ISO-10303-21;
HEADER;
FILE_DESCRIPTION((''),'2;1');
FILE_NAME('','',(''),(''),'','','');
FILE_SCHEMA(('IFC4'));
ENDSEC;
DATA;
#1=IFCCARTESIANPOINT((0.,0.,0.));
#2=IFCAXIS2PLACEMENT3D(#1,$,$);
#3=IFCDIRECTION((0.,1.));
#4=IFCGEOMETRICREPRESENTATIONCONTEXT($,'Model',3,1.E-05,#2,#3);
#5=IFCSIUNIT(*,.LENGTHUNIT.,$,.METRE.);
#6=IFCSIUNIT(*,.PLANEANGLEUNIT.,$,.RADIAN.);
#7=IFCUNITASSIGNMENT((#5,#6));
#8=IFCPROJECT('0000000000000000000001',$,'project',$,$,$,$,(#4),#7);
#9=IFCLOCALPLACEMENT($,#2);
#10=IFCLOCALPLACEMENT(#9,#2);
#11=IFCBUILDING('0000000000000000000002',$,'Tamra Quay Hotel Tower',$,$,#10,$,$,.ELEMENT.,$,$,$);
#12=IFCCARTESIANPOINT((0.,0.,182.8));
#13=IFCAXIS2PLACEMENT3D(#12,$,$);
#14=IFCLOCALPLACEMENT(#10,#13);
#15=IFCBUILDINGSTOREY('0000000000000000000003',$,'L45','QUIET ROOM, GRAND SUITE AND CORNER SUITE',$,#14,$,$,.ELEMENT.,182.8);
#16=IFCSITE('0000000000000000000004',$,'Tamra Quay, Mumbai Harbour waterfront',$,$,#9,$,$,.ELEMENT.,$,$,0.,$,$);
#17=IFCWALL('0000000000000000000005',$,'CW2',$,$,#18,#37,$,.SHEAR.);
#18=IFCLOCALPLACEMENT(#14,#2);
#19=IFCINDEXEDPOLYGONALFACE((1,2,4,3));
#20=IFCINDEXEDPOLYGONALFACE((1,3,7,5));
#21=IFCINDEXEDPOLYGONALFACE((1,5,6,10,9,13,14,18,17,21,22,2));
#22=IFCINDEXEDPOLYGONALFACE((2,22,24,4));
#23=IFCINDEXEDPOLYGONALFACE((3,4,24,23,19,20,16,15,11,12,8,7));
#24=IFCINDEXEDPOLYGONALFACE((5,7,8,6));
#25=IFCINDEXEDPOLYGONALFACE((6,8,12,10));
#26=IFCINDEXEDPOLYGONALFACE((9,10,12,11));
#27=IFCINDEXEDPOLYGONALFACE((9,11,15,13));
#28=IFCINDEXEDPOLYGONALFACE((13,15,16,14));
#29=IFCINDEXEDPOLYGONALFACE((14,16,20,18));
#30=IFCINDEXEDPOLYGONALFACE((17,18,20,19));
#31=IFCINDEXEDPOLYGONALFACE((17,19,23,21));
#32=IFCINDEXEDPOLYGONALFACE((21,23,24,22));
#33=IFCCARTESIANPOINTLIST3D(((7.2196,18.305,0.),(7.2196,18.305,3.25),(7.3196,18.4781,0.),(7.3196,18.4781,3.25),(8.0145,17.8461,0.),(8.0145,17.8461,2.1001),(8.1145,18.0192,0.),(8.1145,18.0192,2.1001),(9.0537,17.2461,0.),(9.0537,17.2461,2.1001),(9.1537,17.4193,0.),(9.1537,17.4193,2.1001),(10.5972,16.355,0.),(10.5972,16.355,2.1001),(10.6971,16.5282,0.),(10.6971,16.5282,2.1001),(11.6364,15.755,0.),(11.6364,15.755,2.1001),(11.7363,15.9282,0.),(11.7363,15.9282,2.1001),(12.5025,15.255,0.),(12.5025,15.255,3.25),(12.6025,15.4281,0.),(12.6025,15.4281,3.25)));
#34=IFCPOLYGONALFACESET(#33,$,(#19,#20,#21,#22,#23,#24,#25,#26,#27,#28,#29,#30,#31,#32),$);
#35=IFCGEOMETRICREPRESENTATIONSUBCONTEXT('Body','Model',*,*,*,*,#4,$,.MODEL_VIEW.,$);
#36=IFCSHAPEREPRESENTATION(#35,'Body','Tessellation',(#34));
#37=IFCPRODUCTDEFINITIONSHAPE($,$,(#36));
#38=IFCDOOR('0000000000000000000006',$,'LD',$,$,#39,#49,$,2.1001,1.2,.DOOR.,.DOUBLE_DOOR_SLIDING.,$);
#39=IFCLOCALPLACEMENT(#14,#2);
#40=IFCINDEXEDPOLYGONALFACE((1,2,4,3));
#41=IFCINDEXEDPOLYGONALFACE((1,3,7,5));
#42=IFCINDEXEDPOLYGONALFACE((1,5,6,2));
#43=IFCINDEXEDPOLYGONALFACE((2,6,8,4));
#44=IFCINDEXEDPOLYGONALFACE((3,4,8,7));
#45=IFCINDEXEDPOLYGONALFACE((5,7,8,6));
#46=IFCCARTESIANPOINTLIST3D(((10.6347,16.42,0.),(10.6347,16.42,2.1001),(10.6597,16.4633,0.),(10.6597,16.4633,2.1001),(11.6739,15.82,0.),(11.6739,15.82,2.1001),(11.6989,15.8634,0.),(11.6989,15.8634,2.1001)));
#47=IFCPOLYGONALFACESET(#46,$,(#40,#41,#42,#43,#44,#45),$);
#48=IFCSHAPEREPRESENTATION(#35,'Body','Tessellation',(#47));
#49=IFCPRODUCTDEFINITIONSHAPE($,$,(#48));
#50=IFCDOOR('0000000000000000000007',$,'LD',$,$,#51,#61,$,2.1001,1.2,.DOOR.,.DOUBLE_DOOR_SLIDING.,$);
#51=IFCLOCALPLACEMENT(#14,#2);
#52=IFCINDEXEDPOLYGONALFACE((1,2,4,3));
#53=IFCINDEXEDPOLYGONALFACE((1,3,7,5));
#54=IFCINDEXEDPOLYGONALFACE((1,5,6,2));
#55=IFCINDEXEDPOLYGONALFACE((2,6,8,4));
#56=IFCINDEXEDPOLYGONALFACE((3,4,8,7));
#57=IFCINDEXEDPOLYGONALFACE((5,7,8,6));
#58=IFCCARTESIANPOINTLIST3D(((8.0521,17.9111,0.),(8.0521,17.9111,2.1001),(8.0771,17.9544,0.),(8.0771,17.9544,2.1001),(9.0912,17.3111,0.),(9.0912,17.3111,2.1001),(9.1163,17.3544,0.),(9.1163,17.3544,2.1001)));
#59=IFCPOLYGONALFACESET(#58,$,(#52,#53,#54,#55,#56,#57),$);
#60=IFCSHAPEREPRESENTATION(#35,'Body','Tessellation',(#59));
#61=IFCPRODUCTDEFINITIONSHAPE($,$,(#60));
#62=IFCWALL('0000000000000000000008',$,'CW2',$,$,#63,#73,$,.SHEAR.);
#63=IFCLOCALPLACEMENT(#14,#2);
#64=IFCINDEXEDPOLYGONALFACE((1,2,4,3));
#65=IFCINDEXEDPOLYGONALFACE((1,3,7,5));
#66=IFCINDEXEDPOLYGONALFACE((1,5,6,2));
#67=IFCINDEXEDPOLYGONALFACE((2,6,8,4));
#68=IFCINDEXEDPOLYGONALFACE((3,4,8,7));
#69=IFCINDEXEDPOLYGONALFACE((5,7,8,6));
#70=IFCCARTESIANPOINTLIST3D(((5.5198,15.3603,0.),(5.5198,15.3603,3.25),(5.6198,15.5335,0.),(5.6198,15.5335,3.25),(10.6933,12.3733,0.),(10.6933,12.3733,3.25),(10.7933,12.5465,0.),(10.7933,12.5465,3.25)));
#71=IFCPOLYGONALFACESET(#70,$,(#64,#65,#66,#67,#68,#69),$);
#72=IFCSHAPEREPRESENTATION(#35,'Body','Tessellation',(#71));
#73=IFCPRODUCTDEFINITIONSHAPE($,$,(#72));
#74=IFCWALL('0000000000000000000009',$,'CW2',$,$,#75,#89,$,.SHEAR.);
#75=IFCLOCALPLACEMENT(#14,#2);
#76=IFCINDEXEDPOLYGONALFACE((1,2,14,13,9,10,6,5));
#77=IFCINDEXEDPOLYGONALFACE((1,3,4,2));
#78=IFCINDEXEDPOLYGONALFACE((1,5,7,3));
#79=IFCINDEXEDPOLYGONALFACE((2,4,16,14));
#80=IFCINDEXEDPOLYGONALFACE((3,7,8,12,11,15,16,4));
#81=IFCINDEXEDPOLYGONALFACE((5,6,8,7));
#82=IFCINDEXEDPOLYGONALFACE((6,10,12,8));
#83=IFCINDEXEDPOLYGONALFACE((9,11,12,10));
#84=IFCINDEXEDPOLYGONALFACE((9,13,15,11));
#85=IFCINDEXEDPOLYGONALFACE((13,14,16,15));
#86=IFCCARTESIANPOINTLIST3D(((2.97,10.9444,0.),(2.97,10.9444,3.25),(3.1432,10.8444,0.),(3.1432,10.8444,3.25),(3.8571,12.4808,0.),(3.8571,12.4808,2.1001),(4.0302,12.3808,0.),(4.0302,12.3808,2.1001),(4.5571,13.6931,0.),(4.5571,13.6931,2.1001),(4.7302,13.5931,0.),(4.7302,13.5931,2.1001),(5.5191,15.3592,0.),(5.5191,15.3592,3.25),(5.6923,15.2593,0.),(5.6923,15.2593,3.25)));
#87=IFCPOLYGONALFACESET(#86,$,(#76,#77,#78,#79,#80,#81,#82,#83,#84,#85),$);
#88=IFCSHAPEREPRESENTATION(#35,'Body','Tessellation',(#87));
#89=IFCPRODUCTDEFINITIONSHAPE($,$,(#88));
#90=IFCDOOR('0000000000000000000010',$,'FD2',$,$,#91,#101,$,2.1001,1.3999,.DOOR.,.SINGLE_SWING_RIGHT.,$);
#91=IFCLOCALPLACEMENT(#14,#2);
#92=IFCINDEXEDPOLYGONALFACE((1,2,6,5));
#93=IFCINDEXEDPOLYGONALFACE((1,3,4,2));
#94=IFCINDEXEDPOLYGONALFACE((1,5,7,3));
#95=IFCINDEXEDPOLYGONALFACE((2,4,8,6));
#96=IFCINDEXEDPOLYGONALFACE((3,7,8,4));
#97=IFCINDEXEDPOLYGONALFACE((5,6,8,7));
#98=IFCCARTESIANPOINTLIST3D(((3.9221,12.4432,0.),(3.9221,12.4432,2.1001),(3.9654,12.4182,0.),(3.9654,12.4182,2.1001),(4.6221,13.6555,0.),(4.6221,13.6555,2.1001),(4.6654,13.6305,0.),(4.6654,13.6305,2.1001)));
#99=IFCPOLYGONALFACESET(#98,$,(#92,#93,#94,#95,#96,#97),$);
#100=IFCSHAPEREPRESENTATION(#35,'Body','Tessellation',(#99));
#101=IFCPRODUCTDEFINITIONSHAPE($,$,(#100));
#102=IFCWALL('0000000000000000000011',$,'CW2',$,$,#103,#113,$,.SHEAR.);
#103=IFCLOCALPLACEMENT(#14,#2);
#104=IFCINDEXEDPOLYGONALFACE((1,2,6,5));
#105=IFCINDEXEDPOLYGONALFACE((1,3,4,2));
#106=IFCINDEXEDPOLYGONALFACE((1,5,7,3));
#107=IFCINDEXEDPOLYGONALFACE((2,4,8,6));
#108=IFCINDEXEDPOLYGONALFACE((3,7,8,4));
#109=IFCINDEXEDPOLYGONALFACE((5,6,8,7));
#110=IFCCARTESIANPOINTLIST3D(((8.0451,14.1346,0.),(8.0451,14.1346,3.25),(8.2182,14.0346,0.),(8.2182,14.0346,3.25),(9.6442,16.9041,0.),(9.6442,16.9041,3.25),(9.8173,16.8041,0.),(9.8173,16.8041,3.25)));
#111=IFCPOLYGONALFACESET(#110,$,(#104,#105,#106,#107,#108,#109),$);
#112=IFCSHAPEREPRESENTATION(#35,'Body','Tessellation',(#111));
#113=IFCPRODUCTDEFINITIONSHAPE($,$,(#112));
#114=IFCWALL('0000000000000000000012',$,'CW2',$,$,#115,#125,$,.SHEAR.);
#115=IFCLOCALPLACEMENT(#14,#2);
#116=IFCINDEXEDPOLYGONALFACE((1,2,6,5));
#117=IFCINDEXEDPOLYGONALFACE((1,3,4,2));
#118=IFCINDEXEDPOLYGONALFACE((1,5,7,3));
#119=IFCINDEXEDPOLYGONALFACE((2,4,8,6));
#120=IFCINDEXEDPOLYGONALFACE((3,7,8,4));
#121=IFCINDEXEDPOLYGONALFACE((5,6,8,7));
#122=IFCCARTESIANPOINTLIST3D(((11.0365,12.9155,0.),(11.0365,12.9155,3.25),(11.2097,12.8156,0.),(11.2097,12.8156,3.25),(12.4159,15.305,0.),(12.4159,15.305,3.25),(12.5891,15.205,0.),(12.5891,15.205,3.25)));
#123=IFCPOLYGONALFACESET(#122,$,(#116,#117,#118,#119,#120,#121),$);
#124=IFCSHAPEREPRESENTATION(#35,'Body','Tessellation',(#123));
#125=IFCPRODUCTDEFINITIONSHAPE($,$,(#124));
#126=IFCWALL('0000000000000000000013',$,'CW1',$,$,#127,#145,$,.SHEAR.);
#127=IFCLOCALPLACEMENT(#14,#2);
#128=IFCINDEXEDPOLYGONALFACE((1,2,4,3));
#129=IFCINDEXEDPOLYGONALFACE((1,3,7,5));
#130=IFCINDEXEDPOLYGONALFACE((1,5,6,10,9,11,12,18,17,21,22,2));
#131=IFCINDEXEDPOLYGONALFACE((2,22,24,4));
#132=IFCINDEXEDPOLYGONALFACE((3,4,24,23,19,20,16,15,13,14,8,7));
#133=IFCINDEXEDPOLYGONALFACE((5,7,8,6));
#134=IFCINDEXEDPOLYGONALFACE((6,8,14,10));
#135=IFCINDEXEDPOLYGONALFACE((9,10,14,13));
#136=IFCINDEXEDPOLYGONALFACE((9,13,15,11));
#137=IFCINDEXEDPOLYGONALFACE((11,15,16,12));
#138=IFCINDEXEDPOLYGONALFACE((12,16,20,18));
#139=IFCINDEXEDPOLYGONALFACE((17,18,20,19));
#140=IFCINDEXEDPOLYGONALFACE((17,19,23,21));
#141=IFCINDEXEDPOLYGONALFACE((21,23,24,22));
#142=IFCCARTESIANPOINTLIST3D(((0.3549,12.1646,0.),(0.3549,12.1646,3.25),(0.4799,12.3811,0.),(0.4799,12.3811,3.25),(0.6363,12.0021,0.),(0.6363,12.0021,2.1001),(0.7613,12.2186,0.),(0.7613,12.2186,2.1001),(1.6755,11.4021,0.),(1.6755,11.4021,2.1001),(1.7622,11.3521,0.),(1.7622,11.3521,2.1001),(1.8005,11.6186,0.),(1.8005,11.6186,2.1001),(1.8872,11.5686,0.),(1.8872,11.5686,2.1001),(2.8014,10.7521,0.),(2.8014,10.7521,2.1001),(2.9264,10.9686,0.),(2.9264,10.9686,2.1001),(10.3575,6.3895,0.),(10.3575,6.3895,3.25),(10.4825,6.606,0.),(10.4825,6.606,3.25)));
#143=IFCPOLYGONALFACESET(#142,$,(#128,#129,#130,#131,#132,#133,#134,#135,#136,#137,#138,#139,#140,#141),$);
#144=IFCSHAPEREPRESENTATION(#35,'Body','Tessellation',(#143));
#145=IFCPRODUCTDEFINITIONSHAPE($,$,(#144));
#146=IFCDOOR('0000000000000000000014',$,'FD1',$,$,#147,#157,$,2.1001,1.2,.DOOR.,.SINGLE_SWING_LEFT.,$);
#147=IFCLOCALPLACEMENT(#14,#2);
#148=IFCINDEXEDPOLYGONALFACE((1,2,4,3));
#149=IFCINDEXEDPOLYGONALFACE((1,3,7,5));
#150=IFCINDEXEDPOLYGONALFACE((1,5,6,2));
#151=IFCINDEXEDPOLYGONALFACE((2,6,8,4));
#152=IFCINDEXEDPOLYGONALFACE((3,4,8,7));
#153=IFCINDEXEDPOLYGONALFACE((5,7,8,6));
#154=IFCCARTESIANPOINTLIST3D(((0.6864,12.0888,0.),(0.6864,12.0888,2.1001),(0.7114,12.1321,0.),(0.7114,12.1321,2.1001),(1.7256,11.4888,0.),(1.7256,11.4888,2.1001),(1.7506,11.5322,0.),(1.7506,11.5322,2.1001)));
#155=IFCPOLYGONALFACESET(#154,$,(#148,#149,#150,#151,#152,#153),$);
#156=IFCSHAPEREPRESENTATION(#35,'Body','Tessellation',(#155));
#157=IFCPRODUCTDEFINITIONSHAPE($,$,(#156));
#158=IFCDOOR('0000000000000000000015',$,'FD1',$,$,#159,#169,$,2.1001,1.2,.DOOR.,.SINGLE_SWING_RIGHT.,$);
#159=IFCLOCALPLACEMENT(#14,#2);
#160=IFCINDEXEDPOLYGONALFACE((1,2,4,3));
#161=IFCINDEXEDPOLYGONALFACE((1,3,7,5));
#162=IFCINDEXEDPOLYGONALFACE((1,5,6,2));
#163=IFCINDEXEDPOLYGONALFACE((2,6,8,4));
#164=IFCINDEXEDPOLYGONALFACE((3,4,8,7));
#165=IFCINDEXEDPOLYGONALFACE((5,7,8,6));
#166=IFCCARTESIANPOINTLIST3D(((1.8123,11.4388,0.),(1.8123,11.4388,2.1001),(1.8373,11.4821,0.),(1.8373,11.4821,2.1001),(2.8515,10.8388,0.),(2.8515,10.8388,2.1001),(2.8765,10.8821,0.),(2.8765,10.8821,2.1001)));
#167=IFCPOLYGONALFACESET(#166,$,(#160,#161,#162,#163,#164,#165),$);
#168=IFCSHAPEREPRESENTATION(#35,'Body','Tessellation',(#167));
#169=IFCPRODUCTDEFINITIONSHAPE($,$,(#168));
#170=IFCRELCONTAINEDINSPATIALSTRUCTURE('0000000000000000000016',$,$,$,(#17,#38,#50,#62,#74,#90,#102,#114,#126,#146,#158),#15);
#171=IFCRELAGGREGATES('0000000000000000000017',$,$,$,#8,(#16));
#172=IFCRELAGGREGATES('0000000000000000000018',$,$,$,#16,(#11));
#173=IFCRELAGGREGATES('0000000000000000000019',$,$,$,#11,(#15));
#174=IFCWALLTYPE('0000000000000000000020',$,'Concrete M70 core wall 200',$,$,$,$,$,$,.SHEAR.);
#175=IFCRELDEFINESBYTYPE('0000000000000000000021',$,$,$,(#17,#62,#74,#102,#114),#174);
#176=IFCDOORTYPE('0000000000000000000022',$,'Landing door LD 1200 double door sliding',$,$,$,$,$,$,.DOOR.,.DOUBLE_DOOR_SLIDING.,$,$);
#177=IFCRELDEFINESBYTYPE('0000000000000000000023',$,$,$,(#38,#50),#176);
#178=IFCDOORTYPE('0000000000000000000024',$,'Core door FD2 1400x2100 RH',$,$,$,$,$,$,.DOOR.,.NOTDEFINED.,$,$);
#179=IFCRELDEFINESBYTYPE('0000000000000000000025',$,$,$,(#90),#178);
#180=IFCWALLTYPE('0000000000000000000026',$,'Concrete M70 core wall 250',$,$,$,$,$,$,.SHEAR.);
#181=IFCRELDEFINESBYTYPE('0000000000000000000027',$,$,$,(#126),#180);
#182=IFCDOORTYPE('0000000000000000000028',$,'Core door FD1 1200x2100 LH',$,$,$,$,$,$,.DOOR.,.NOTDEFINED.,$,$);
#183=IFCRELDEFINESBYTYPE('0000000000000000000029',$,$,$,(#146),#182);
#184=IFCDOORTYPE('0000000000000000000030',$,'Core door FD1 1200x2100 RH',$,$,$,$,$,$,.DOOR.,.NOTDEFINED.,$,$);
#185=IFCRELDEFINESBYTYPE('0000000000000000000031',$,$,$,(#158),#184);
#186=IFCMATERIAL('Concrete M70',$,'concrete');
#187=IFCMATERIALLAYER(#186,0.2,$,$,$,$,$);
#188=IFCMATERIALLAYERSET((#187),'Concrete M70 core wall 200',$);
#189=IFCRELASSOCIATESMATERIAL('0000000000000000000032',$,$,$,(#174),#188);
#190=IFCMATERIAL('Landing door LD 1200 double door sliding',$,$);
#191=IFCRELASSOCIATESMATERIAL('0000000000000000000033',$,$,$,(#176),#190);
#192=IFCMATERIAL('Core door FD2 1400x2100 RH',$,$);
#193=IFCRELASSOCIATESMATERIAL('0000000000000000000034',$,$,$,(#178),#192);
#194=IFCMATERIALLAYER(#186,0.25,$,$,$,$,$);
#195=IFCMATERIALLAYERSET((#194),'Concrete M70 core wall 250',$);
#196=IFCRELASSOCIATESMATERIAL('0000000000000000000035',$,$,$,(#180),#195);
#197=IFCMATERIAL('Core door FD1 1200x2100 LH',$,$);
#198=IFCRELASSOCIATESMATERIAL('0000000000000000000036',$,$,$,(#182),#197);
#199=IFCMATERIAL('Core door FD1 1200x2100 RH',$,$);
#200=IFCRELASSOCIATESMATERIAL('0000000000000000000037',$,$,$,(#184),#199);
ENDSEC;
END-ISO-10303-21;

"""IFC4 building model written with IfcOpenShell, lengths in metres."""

from ifc_helpers import new_model, si_unit, direction, frame, frame_2d, origin, place, context, subcontext, project, spatial, rectangle, extrude, material, layer, layer_set, type_object, element, fill, save


model = new_model("IFC4")

# Units and contexts
model_context = context("Model", 3, precision=1e-05, world=origin(), true_north=direction((0.0, 1.0)))
body_context = subcontext(model_context, "Body", "Model", "MODEL_VIEW")
ifc_project = project(units=[si_unit("LENGTHUNIT", "METRE"), si_unit("PLANEANGLEUNIT", "RADIAN")], contexts=[model_context])

# Site, building, storey
site_placement = place(None, origin())
site = spatial("IfcSite", under=ifc_project, at=site_placement, Name="Tamra Quay, Mumbai Harbour waterfront", CompositionType="ELEMENT", RefElevation=0.0)
building_placement = place(site_placement, origin())
building = spatial("IfcBuilding", under=site, at=building_placement, Name="Tamra Quay Hotel Tower", CompositionType="ELEMENT")
storey_placement = place(building_placement, frame((0.0, 0.0, 182.8)))
storey = spatial("IfcBuildingStorey", under=building, at=storey_placement, Name="L45", Description="QUIET ROOM, GRAND SUITE AND CORNER SUITE", CompositionType="ELEMENT", Elevation=182.8)

# Wall, openings, doors
ifc_material_1 = material(Name="Concrete M70", Category="concrete")
ifc_layer_1 = layer(ifc_material_1, 0.2)
ifc_layer_set_1 = layer_set([ifc_layer_1], Name="Concrete M70 core wall 200")
wall_type_1 = type_object("IfcWallType", Name="Concrete M70 core wall 200", PredefinedType="SHEAR", material=ifc_layer_set_1)
wall_1_placement = place(storey_placement, frame((12.5525, 15.3416, 0.0), z_axis=(0.0, 0.0, 1.0), x_axis=(-0.86603, 0.499992, 0.0)))
wall_1 = element("IfcWall", 1, at=wall_1_placement, inside=storey, type_object=wall_type_1, Name="CW2", PredefinedType="SHEAR", context=body_context, shape_type="SweptSolid", body=[
    extrude(rectangle(XDim=6.1001, YDim=0.2, at=frame_2d((3.05, 0.0))), origin(), (0.0, 0.0, 1.0), 3.25),
])
opening_1_placement = place(wall_1_placement, frame((1.0, 0.0, 0.0)))
opening_1 = element("IfcOpeningElement", 2, at=opening_1_placement, cuts=wall_1, PredefinedType="OPENING", context=body_context, shape_type="SweptSolid", body=[
    extrude(rectangle(XDim=1.2, YDim=2.1001, at=frame_2d((0.6001, 1.05))), frame((0.0, 0.1099, 0.0), z_axis=(0.0, -1.0, 0.0), x_axis=(1.0, 0.0, 0.0)), (0.0, 0.0, 1.0), 0.22),
])
opening_2_placement = place(wall_1_placement, frame((3.9822, 0.0, 0.0)))
opening_2 = element("IfcOpeningElement", 3, at=opening_2_placement, cuts=wall_1, PredefinedType="OPENING", context=body_context, shape_type="SweptSolid", body=[
    extrude(rectangle(XDim=1.2, YDim=2.1001, at=frame_2d((0.6001, 1.05))), frame((0.0, 0.1099, 0.0), z_axis=(0.0, -1.0, 0.0), x_axis=(1.0, 0.0, 0.0)), (0.0, 0.0, 1.0), 0.22),
])
ifc_material_2 = material(Name="Landing door LD 1200 double door sliding")
door_type_1 = type_object("IfcDoorType", Name="Landing door LD 1200 double door sliding", OperationType="DOUBLE_DOOR_SLIDING", PredefinedType="DOOR", material=ifc_material_2)
door_1_placement = place(opening_1_placement, origin())
door_1 = element("IfcDoor", 4, at=door_1_placement, inside=storey, type_object=door_type_1, Name="LD", OperationType="DOUBLE_DOOR_SLIDING", OverallHeight=2.1001, OverallWidth=1.2, PredefinedType="DOOR", context=body_context, shape_type="SweptSolid", body=[
    extrude(rectangle(XDim=1.2, YDim=2.1001, at=frame_2d((0.6001, 1.05))), frame((0.0, 0.0249, 0.0), z_axis=(0.0, -1.0, 0.0), x_axis=(1.0, 0.0, 0.0)), (0.0, 0.0, 1.0), 0.05),
])
fill(opening_1, door_1)
door_2_placement = place(opening_2_placement, origin())
door_2 = element("IfcDoor", 5, at=door_2_placement, inside=storey, type_object=door_type_1, Name="LD", OperationType="DOUBLE_DOOR_SLIDING", OverallHeight=2.1001, OverallWidth=1.2, PredefinedType="DOOR", context=body_context, shape_type="SweptSolid", body=[
    extrude(rectangle(XDim=1.2, YDim=2.1001, at=frame_2d((0.6001, 1.05))), frame((0.0, 0.0249, 0.0), z_axis=(0.0, -1.0, 0.0), x_axis=(1.0, 0.0, 0.0)), (0.0, 0.0, 1.0), 0.05),
])
fill(opening_2, door_2)

# Wall
wall_2_placement = place(storey_placement, frame((10.7432, 12.46, 0.0), z_axis=(0.0, 0.0, 1.0), x_axis=(-0.866019, 0.500011, 0.0)))
element("IfcWall", 6, at=wall_2_placement, inside=storey, type_object=wall_type_1, Name="CW2", PredefinedType="SHEAR", context=body_context, shape_type="SweptSolid", body=[
    extrude(rectangle(XDim=5.9739, YDim=0.2, at=frame_2d((2.9868, 0.0))), origin(), (0.0, 0.0, 1.0), 3.25),
])

# Wall, opening, door
wall_3_placement = place(storey_placement, frame((3.0566, 10.8945, 0.0), z_axis=(0.0, 0.0, 1.0), x_axis=(0.500028, 0.866009, 0.0)))
wall_3 = element("IfcWall", 7, at=wall_3_placement, inside=storey, type_object=wall_type_1, Name="CW2", PredefinedType="SHEAR", context=body_context, shape_type="SweptSolid", body=[
    extrude(rectangle(XDim=5.0979, YDim=0.2, at=frame_2d((2.5488, 0.0))), origin(), (0.0, 0.0, 1.0), 3.25),
])
opening_3_placement = place(wall_3_placement, frame((1.7739, 0.0, 0.0)))
opening_3 = element("IfcOpeningElement", 8, at=opening_3_placement, cuts=wall_3, PredefinedType="OPENING", context=body_context, shape_type="SweptSolid", body=[
    extrude(rectangle(XDim=1.3999, YDim=2.1001, at=frame_2d((0.7, 1.05))), frame((0.0, 0.1099, 0.0), z_axis=(0.0, -1.0, 0.0), x_axis=(1.0, 0.0, 0.0)), (0.0, 0.0, 1.0), 0.22),
])
ifc_material_3 = material(Name="Core door FD2 1400x2100 RH")
door_type_2 = type_object("IfcDoorType", Name="Core door FD2 1400x2100 RH", OperationType="NOTDEFINED", PredefinedType="DOOR", material=ifc_material_3)
door_3_placement = place(opening_3_placement, origin())
door_3 = element("IfcDoor", 9, at=door_3_placement, inside=storey, type_object=door_type_2, Name="FD2", OperationType="SINGLE_SWING_RIGHT", OverallHeight=2.1001, OverallWidth=1.3999, PredefinedType="DOOR", context=body_context, shape_type="SweptSolid", body=[
    extrude(rectangle(XDim=1.3999, YDim=2.1001, at=frame_2d((0.7, 1.05))), frame((0.0, 0.0249, 0.0), z_axis=(0.0, -1.0, 0.0), x_axis=(1.0, 0.0, 0.0)), (0.0, 0.0, 1.0), 0.05),
])
fill(opening_3, door_3)

# Walls
wall_4_placement = place(storey_placement, frame((8.1316, 14.0845, 0.0), z_axis=(0.0, 0.0, 1.0), x_axis=(0.500031, 0.866008, 0.0)))
element("IfcWall", 10, at=wall_4_placement, inside=storey, type_object=wall_type_1, Name="CW2", PredefinedType="SHEAR", context=body_context, shape_type="SweptSolid", body=[
    extrude(rectangle(XDim=3.198, YDim=0.2, at=frame_2d((1.5991, 0.0))), origin(), (0.0, 0.0, 1.0), 3.25),
])
wall_5_placement = place(storey_placement, frame((12.5024, 15.2549, 0.0), z_axis=(0.0, 0.0, 1.0), x_axis=(-0.499965, -0.866046, 0.0)))
element("IfcWall", 11, at=wall_5_placement, inside=storey, type_object=wall_type_1, Name="CW2", PredefinedType="SHEAR", context=body_context, shape_type="SweptSolid", body=[
    extrude(rectangle(XDim=2.759, YDim=0.2, at=frame_2d((1.3794, 0.0))), origin(), (0.0, 0.0, 1.0), 3.25),
])

# Wall, openings, doors
ifc_layer_2 = layer(ifc_material_1, 0.25)
ifc_layer_set_2 = layer_set([ifc_layer_2], Name="Concrete M70 core wall 250")
wall_type_2 = type_object("IfcWallType", Name="Concrete M70 core wall 250", PredefinedType="SHEAR", material=ifc_layer_set_2)
wall_6_placement = place(storey_placement, frame((10.4199, 6.4978, 0.0), z_axis=(0.0, 0.0, 1.0), x_axis=(-0.866022, 0.500006, 0.0)))
wall_6 = element("IfcWall", 12, at=wall_6_placement, inside=storey, type_object=wall_type_2, Name="CW1", PredefinedType="SHEAR", context=body_context, shape_type="SweptSolid", body=[
    extrude(rectangle(XDim=11.55, YDim=0.25, at=frame_2d((5.7749, 0.0))), origin(), (0.0, 0.0, 1.0), 3.25),
])
opening_4_placement = place(wall_6_placement, frame((10.0249, 0.0, 0.0)))
opening_4 = element("IfcOpeningElement", 13, at=opening_4_placement, cuts=wall_6, PredefinedType="OPENING", context=body_context, shape_type="SweptSolid", body=[
    extrude(rectangle(XDim=1.2, YDim=2.1001, at=frame_2d((0.6001, 1.05))), frame((0.0, 0.135, 0.0), z_axis=(0.0, -1.0, 0.0), x_axis=(1.0, 0.0, 0.0)), (0.0, 0.0, 1.0), 0.27),
])
opening_5_placement = place(wall_6_placement, frame((8.7249, 0.0, 0.0)))
opening_5 = element("IfcOpeningElement", 14, at=opening_5_placement, cuts=wall_6, PredefinedType="OPENING", context=body_context, shape_type="SweptSolid", body=[
    extrude(rectangle(XDim=1.2, YDim=2.1001, at=frame_2d((0.6001, 1.05))), frame((0.0, 0.135, 0.0), z_axis=(0.0, -1.0, 0.0), x_axis=(1.0, 0.0, 0.0)), (0.0, 0.0, 1.0), 0.27),
])
ifc_material_4 = material(Name="Core door FD1 1200x2100 LH")
door_type_3 = type_object("IfcDoorType", Name="Core door FD1 1200x2100 LH", OperationType="NOTDEFINED", PredefinedType="DOOR", material=ifc_material_4)
door_4_placement = place(opening_4_placement, origin())
door_4 = element("IfcDoor", 15, at=door_4_placement, inside=storey, type_object=door_type_3, Name="FD1", OperationType="SINGLE_SWING_LEFT", OverallHeight=2.1001, OverallWidth=1.2, PredefinedType="DOOR", context=body_context, shape_type="SweptSolid", body=[
    extrude(rectangle(XDim=1.2, YDim=2.1001, at=frame_2d((0.6001, 1.05))), frame((0.0, 0.0249, 0.0), z_axis=(0.0, -1.0, 0.0), x_axis=(1.0, 0.0, 0.0)), (0.0, 0.0, 1.0), 0.05),
])
fill(opening_4, door_4)
ifc_material_5 = material(Name="Core door FD1 1200x2100 RH")
door_type_4 = type_object("IfcDoorType", Name="Core door FD1 1200x2100 RH", OperationType="NOTDEFINED", PredefinedType="DOOR", material=ifc_material_5)
door_5_placement = place(opening_5_placement, origin())
door_5 = element("IfcDoor", 16, at=door_5_placement, inside=storey, type_object=door_type_4, Name="FD1", OperationType="SINGLE_SWING_RIGHT", OverallHeight=2.1001, OverallWidth=1.2, PredefinedType="DOOR", context=body_context, shape_type="SweptSolid", body=[
    extrude(rectangle(XDim=1.2, YDim=2.1001, at=frame_2d((0.6001, 1.05))), frame((0.0, 0.0249, 0.0), z_axis=(0.0, -1.0, 0.0), x_axis=(1.0, 0.0, 0.0)), (0.0, 0.0, 1.0), 0.05),
])
fill(opening_5, door_5)

save(model, "model.ifc")
